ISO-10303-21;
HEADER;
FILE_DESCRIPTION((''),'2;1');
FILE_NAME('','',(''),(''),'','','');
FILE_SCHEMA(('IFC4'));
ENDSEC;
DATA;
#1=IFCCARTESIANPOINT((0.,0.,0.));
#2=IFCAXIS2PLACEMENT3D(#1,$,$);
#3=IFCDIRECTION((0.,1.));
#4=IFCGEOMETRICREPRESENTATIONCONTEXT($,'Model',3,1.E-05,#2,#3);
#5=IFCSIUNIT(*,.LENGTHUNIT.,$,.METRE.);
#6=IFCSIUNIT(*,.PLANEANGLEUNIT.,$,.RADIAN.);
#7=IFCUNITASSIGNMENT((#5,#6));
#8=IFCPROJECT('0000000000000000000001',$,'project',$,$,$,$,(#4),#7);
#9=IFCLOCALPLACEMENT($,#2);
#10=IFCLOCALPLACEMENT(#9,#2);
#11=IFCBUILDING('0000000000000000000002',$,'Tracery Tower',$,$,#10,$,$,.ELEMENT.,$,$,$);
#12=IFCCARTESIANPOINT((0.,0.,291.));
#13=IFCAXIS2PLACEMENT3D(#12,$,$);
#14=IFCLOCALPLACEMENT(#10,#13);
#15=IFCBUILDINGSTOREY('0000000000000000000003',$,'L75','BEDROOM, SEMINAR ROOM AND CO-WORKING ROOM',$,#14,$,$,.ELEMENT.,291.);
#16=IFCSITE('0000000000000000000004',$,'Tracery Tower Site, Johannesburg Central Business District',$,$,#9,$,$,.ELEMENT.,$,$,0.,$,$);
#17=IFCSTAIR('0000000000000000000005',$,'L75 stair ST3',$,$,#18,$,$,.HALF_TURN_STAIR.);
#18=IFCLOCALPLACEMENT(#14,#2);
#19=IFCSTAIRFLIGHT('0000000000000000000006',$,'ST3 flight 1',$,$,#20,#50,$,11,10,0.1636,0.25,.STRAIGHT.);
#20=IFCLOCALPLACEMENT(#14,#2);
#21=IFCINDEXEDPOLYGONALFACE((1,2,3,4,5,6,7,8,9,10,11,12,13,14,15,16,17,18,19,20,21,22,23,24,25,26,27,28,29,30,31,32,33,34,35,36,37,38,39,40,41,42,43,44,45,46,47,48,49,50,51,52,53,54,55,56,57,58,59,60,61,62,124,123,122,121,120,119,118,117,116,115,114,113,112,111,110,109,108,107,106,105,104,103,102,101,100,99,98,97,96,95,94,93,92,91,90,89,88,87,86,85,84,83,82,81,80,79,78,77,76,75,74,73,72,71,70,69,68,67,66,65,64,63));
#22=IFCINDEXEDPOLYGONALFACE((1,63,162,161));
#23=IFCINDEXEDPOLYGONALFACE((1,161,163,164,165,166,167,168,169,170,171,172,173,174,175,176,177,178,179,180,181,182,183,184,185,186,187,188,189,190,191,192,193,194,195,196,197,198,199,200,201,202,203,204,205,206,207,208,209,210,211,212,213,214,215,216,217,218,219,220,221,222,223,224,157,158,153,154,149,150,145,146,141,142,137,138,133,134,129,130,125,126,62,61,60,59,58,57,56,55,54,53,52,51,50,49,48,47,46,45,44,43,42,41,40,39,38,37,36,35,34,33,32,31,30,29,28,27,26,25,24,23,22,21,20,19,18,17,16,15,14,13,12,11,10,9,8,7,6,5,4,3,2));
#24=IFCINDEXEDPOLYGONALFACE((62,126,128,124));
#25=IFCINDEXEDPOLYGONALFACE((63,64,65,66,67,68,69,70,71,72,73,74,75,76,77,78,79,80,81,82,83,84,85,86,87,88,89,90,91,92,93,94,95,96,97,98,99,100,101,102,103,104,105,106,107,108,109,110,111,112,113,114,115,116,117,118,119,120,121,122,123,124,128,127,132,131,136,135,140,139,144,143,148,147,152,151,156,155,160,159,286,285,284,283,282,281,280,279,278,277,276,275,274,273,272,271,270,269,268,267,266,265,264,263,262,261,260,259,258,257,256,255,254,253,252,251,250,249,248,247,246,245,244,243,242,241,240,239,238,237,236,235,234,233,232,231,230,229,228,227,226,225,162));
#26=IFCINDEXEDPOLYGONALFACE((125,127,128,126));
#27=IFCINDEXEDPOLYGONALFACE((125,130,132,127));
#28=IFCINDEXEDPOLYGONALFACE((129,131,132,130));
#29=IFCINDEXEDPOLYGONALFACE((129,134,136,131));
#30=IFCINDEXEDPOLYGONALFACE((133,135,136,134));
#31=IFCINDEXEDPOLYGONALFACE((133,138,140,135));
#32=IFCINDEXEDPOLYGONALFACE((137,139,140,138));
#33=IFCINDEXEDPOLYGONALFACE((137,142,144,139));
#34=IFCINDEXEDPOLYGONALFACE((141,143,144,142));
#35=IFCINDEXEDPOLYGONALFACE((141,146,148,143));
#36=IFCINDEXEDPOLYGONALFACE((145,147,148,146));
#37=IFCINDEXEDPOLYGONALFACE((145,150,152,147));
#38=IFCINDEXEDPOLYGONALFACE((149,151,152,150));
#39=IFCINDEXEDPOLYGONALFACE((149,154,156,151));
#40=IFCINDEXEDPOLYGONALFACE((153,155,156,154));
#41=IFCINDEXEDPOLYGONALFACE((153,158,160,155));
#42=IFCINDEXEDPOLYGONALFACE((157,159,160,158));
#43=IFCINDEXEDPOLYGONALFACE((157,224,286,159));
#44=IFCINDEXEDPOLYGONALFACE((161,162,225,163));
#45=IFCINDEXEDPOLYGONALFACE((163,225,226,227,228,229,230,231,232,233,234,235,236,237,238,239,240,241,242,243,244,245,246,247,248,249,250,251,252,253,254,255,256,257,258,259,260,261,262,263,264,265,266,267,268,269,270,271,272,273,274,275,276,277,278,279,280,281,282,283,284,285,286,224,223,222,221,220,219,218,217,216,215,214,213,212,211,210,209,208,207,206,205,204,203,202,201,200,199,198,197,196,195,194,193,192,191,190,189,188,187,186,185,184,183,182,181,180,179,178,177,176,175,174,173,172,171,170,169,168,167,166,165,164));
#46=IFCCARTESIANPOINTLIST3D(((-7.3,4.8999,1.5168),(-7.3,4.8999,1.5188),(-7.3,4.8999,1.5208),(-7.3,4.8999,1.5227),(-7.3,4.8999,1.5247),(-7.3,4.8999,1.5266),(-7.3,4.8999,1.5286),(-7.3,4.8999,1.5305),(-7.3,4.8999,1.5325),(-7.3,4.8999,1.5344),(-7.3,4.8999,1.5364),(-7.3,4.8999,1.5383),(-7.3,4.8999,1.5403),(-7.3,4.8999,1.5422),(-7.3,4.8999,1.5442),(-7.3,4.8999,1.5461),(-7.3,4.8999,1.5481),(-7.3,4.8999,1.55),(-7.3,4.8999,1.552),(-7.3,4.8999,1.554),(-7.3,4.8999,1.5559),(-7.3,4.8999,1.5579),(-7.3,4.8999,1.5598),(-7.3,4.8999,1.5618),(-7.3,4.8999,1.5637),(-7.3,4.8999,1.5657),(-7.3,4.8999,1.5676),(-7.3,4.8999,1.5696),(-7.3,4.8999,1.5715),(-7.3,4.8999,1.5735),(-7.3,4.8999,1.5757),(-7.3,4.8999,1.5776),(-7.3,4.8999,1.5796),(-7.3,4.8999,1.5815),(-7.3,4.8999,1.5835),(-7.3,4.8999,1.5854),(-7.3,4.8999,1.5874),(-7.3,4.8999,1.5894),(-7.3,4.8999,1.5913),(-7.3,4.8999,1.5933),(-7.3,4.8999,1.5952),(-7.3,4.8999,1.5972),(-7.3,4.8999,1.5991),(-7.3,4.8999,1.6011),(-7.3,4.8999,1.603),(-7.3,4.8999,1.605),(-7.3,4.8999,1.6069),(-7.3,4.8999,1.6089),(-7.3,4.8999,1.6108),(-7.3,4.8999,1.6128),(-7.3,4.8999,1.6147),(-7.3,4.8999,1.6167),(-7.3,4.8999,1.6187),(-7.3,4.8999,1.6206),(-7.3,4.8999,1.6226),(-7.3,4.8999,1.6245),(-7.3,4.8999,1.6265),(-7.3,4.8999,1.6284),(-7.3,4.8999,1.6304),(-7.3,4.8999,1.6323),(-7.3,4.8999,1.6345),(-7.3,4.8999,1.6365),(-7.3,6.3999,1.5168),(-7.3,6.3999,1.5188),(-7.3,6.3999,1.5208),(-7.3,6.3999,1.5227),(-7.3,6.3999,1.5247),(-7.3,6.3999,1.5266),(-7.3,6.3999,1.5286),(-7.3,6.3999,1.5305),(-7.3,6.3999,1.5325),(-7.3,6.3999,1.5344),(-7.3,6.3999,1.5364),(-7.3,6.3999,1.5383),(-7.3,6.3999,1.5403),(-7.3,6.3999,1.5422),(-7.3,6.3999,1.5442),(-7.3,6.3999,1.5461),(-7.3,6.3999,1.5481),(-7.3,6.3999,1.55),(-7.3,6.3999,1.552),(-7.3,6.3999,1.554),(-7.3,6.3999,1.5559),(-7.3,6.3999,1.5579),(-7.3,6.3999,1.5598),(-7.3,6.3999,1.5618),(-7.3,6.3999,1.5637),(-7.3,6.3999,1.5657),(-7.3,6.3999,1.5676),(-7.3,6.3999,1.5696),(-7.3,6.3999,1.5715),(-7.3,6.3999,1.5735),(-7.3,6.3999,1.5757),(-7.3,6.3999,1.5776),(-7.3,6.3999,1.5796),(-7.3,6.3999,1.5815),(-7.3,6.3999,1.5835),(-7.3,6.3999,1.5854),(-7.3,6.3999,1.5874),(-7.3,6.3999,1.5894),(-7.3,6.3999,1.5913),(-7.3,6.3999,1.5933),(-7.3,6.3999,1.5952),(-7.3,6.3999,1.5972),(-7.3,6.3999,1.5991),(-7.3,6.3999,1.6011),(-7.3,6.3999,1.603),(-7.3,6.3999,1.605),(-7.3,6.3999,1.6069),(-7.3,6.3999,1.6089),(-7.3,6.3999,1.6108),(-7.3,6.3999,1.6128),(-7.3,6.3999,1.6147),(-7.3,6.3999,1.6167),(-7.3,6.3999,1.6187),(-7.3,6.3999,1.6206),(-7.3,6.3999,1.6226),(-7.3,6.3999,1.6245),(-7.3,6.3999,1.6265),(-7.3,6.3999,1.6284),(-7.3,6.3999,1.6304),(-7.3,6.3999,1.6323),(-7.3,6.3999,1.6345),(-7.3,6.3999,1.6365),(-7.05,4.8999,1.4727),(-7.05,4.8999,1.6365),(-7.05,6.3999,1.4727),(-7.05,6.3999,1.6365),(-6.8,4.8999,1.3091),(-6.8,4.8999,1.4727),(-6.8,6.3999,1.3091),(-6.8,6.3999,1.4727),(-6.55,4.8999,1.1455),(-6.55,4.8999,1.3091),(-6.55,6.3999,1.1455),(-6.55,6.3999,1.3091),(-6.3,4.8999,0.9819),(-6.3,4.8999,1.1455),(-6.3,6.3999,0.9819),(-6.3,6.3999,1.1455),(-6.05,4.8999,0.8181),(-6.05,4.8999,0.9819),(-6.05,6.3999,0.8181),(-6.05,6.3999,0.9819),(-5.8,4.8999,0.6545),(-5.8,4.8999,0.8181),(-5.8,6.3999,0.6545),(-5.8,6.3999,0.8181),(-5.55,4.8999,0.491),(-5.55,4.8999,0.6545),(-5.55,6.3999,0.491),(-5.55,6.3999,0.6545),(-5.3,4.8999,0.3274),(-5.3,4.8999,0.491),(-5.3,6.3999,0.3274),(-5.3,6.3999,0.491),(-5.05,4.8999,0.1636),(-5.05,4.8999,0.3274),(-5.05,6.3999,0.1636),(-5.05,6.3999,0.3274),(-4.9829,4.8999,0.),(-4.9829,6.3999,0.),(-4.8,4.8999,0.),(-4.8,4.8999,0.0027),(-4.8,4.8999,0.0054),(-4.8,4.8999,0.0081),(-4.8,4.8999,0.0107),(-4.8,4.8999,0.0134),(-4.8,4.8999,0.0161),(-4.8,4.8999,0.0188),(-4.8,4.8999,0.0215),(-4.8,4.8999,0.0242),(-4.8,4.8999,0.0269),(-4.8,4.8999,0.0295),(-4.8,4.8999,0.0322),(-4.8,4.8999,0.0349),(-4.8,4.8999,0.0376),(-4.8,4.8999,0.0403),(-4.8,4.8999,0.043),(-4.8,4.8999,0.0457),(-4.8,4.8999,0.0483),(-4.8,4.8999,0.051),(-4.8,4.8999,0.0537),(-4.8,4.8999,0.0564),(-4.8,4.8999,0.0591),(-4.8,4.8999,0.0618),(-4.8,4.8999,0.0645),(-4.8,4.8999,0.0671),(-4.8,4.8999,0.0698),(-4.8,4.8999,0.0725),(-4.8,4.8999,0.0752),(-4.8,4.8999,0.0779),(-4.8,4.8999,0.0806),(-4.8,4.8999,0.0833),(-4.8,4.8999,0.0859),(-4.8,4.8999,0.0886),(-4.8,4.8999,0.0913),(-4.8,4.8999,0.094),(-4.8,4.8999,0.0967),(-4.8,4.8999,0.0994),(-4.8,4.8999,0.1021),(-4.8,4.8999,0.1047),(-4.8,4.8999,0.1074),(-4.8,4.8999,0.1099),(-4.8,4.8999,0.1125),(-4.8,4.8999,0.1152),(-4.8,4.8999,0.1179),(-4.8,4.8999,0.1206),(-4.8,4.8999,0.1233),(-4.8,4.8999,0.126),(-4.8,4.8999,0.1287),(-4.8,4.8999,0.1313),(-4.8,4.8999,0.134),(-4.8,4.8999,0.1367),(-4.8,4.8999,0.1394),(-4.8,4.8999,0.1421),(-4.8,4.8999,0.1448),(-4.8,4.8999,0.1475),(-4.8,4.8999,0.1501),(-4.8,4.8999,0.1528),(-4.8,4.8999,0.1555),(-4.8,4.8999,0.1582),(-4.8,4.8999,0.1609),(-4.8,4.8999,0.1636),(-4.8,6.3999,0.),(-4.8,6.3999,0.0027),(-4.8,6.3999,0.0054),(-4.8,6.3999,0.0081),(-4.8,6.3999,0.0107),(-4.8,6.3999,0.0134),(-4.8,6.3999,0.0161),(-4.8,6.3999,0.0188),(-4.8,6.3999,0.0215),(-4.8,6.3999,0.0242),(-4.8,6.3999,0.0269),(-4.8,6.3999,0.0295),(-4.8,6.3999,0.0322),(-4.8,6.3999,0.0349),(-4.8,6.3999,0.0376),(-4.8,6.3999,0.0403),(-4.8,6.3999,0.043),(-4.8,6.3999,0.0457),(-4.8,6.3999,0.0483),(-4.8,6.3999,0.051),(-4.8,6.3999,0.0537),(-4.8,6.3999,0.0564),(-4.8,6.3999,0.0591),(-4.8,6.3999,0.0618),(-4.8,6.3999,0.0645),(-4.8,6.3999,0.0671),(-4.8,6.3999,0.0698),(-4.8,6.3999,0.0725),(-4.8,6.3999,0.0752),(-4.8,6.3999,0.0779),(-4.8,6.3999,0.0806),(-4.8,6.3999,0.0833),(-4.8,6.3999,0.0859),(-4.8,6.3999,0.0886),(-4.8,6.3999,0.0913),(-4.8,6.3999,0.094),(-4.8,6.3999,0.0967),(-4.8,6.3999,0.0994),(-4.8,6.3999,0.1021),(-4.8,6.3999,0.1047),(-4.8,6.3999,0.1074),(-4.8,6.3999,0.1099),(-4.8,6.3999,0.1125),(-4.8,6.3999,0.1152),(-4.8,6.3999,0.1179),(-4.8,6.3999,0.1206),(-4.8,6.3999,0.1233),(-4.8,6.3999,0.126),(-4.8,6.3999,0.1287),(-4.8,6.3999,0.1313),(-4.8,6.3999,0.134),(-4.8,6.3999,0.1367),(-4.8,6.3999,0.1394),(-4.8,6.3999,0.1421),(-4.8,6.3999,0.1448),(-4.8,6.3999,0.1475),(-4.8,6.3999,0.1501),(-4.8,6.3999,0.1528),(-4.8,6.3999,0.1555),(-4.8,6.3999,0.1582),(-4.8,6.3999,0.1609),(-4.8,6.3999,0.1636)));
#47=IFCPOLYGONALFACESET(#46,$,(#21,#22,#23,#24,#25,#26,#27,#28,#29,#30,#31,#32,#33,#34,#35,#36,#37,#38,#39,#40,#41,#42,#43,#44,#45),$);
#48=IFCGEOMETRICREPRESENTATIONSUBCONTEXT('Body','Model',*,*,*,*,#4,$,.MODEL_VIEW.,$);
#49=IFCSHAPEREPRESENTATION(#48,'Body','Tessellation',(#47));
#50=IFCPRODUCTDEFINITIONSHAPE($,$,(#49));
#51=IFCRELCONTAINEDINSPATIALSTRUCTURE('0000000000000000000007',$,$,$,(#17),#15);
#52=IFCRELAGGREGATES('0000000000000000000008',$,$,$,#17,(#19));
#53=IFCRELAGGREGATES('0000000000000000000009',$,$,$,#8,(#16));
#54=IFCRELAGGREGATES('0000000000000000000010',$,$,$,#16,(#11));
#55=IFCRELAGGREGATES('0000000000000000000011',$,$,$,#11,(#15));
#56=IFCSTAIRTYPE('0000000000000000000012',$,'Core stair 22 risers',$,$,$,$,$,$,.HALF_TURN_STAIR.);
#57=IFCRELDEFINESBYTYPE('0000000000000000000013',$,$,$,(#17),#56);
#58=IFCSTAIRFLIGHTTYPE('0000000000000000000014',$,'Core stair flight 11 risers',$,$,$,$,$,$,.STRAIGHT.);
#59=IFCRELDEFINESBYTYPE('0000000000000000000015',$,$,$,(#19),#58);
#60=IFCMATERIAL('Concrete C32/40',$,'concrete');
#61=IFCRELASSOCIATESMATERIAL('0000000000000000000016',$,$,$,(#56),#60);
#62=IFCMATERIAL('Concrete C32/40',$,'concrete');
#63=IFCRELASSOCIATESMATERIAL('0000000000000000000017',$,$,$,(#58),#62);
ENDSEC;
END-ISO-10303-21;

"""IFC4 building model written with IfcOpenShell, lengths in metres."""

from ifc_helpers import new_model, si_unit, direction, frame, origin, place, context, subcontext, project, spatial, polyline, outline, extrude, material, type_object, element, aggregate, save


model = new_model("IFC4")

# Units and contexts
model_context = context("Model", 3, precision=1e-05, world=origin(), true_north=direction((0.0, 1.0)))
body_context = subcontext(model_context, "Body", "Model", "MODEL_VIEW")
ifc_project = project(units=[si_unit("LENGTHUNIT", "METRE"), si_unit("PLANEANGLEUNIT", "RADIAN")], contexts=[model_context])

# Site, building, storey
site_placement = place(None, origin())
site = spatial("IfcSite", under=ifc_project, at=site_placement, Name="Tracery Tower Site, Johannesburg Central Business District", CompositionType="ELEMENT", RefElevation=0.0)
building_placement = place(site_placement, origin())
building = spatial("IfcBuilding", under=site, at=building_placement, Name="Tracery Tower", CompositionType="ELEMENT")
storey_placement = place(building_placement, frame((0.0, 0.0, 291.0)))
storey = spatial("IfcBuildingStorey", under=building, at=storey_placement, Name="L75", Description="BEDROOM, SEMINAR ROOM AND CO-WORKING ROOM", CompositionType="ELEMENT", Elevation=291.0)

# Stair, stair flight
ifc_material_1 = material(Name="Concrete C32/40", Category="concrete")
stair_type = type_object("IfcStairType", Name="Core stair 22 risers", PredefinedType="HALF_TURN_STAIR", material=ifc_material_1)
stair_placement = place(storey_placement, origin())
stair = element("IfcStair", 1, at=stair_placement, inside=storey, type_object=stair_type, Name="L75 stair ST3", PredefinedType="HALF_TURN_STAIR")
ifc_material_2 = material(Name="Concrete C32/40", Category="concrete")
stair_flight_type = type_object("IfcStairFlightType", Name="Core stair flight 11 risers", PredefinedType="STRAIGHT", material=ifc_material_2)
stair_flight_1_placement = place(storey_placement, frame((-4.8, 5.6499, 0.0), z_axis=(0.0, 0.0, 1.0), x_axis=(-1.0, 0.0, 0.0)))
stair_flight_1 = element("IfcStairFlight", 2, at=stair_flight_1_placement, type_object=stair_flight_type, Name="ST3 flight 1", NumberOfRisers=11, NumberOfTreads=10, PredefinedType="STRAIGHT", RiserHeight=0.1636, TreadLength=0.25, context=body_context, shape_type="SweptSolid", body=[
    extrude(outline(polyline([(0.0, 0.0), (0.0, 0.0027), (0.0, 0.0054), (0.0, 0.0081), (0.0, 0.0107), (0.0, 0.0134), (0.0, 0.0161), (0.0, 0.0188), (0.0, 0.0215), (0.0, 0.0242), (0.0, 0.0269), (0.0, 0.0295), (0.0, 0.0322), (0.0, 0.0349), (0.0, 0.0376), (0.0, 0.0403), (0.0, 0.043), (0.0, 0.0457), (0.0, 0.0483), (0.0, 0.051), (0.0, 0.0537), (0.0, 0.0564), (0.0, 0.0591), (0.0, 0.0618), (0.0, 0.0645), (0.0, 0.0671), (0.0, 0.0698), (0.0, 0.0725), (0.0, 0.0752), (0.0, 0.0779), (0.0, 0.0806), (0.0, 0.0833), (0.0, 0.0859), (0.0, 0.0886), (0.0, 0.0913), (0.0, 0.094), (0.0, 0.0967), (0.0, 0.0994), (0.0, 0.1021), (0.0, 0.1047), (0.0, 0.1074), (0.0, 0.1099), (0.0, 0.1125), (0.0, 0.1152), (0.0, 0.1179), (0.0, 0.1206), (0.0, 0.1233), (0.0, 0.126), (0.0, 0.1287), (0.0, 0.1313), (0.0, 0.134), (0.0, 0.1367), (0.0, 0.1394), (0.0, 0.1421), (0.0, 0.1448), (0.0, 0.1475), (0.0, 0.1501), (0.0, 0.1528), (0.0, 0.1555), (0.0, 0.1582), (0.0, 0.1609), (0.0, 0.1636), (0.25, 0.1636), (0.25, 0.3274), (0.5, 0.3274), (0.5, 0.491), (0.75, 0.491), (0.75, 0.6545), (1.0, 0.6545), (1.0, 0.8181), (1.25, 0.8181), (1.25, 0.9819), (1.5, 0.9819), (1.5, 1.1455), (1.75, 1.1455), (1.75, 1.3091), (2.0, 1.3091), (2.0, 1.4727), (2.25, 1.4727), (2.25, 1.6365), (2.5, 1.6365), (2.5, 1.6345), (2.5, 1.6323), (2.5, 1.6304), (2.5, 1.6284), (2.5, 1.6265), (2.5, 1.6245), (2.5, 1.6226), (2.5, 1.6206), (2.5, 1.6187), (2.5, 1.6167), (2.5, 1.6147), (2.5, 1.6128), (2.5, 1.6108), (2.5, 1.6089), (2.5, 1.6069), (2.5, 1.605), (2.5, 1.603), (2.5, 1.6011), (2.5, 1.5991), (2.5, 1.5972), (2.5, 1.5952), (2.5, 1.5933), (2.5, 1.5913), (2.5, 1.5894), (2.5, 1.5874), (2.5, 1.5854), (2.5, 1.5835), (2.5, 1.5815), (2.5, 1.5796), (2.5, 1.5776), (2.5, 1.5757), (2.5, 1.5735), (2.5, 1.5715), (2.5, 1.5696), (2.5, 1.5676), (2.5, 1.5657), (2.5, 1.5637), (2.5, 1.5618), (2.5, 1.5598), (2.5, 1.5579), (2.5, 1.5559), (2.5, 1.554), (2.5, 1.552), (2.5, 1.55), (2.5, 1.5481), (2.5, 1.5461), (2.5, 1.5442), (2.5, 1.5422), (2.5, 1.5403), (2.5, 1.5383), (2.5, 1.5364), (2.5, 1.5344), (2.5, 1.5325), (2.5, 1.5305), (2.5, 1.5286), (2.5, 1.5266), (2.5, 1.5247), (2.5, 1.5227), (2.5, 1.5208), (2.5, 1.5188), (2.5, 1.5168), (0.1829, 0.0), (0.0, 0.0)])), frame((0.0, 0.75, 0.0), z_axis=(0.0, -1.0, 0.0), x_axis=(1.0, 0.0, 0.0)), (0.0, 0.0, 1.0), 1.5),
])
aggregate(stair, [stair_flight_1])

save(model, "model.ifc")
